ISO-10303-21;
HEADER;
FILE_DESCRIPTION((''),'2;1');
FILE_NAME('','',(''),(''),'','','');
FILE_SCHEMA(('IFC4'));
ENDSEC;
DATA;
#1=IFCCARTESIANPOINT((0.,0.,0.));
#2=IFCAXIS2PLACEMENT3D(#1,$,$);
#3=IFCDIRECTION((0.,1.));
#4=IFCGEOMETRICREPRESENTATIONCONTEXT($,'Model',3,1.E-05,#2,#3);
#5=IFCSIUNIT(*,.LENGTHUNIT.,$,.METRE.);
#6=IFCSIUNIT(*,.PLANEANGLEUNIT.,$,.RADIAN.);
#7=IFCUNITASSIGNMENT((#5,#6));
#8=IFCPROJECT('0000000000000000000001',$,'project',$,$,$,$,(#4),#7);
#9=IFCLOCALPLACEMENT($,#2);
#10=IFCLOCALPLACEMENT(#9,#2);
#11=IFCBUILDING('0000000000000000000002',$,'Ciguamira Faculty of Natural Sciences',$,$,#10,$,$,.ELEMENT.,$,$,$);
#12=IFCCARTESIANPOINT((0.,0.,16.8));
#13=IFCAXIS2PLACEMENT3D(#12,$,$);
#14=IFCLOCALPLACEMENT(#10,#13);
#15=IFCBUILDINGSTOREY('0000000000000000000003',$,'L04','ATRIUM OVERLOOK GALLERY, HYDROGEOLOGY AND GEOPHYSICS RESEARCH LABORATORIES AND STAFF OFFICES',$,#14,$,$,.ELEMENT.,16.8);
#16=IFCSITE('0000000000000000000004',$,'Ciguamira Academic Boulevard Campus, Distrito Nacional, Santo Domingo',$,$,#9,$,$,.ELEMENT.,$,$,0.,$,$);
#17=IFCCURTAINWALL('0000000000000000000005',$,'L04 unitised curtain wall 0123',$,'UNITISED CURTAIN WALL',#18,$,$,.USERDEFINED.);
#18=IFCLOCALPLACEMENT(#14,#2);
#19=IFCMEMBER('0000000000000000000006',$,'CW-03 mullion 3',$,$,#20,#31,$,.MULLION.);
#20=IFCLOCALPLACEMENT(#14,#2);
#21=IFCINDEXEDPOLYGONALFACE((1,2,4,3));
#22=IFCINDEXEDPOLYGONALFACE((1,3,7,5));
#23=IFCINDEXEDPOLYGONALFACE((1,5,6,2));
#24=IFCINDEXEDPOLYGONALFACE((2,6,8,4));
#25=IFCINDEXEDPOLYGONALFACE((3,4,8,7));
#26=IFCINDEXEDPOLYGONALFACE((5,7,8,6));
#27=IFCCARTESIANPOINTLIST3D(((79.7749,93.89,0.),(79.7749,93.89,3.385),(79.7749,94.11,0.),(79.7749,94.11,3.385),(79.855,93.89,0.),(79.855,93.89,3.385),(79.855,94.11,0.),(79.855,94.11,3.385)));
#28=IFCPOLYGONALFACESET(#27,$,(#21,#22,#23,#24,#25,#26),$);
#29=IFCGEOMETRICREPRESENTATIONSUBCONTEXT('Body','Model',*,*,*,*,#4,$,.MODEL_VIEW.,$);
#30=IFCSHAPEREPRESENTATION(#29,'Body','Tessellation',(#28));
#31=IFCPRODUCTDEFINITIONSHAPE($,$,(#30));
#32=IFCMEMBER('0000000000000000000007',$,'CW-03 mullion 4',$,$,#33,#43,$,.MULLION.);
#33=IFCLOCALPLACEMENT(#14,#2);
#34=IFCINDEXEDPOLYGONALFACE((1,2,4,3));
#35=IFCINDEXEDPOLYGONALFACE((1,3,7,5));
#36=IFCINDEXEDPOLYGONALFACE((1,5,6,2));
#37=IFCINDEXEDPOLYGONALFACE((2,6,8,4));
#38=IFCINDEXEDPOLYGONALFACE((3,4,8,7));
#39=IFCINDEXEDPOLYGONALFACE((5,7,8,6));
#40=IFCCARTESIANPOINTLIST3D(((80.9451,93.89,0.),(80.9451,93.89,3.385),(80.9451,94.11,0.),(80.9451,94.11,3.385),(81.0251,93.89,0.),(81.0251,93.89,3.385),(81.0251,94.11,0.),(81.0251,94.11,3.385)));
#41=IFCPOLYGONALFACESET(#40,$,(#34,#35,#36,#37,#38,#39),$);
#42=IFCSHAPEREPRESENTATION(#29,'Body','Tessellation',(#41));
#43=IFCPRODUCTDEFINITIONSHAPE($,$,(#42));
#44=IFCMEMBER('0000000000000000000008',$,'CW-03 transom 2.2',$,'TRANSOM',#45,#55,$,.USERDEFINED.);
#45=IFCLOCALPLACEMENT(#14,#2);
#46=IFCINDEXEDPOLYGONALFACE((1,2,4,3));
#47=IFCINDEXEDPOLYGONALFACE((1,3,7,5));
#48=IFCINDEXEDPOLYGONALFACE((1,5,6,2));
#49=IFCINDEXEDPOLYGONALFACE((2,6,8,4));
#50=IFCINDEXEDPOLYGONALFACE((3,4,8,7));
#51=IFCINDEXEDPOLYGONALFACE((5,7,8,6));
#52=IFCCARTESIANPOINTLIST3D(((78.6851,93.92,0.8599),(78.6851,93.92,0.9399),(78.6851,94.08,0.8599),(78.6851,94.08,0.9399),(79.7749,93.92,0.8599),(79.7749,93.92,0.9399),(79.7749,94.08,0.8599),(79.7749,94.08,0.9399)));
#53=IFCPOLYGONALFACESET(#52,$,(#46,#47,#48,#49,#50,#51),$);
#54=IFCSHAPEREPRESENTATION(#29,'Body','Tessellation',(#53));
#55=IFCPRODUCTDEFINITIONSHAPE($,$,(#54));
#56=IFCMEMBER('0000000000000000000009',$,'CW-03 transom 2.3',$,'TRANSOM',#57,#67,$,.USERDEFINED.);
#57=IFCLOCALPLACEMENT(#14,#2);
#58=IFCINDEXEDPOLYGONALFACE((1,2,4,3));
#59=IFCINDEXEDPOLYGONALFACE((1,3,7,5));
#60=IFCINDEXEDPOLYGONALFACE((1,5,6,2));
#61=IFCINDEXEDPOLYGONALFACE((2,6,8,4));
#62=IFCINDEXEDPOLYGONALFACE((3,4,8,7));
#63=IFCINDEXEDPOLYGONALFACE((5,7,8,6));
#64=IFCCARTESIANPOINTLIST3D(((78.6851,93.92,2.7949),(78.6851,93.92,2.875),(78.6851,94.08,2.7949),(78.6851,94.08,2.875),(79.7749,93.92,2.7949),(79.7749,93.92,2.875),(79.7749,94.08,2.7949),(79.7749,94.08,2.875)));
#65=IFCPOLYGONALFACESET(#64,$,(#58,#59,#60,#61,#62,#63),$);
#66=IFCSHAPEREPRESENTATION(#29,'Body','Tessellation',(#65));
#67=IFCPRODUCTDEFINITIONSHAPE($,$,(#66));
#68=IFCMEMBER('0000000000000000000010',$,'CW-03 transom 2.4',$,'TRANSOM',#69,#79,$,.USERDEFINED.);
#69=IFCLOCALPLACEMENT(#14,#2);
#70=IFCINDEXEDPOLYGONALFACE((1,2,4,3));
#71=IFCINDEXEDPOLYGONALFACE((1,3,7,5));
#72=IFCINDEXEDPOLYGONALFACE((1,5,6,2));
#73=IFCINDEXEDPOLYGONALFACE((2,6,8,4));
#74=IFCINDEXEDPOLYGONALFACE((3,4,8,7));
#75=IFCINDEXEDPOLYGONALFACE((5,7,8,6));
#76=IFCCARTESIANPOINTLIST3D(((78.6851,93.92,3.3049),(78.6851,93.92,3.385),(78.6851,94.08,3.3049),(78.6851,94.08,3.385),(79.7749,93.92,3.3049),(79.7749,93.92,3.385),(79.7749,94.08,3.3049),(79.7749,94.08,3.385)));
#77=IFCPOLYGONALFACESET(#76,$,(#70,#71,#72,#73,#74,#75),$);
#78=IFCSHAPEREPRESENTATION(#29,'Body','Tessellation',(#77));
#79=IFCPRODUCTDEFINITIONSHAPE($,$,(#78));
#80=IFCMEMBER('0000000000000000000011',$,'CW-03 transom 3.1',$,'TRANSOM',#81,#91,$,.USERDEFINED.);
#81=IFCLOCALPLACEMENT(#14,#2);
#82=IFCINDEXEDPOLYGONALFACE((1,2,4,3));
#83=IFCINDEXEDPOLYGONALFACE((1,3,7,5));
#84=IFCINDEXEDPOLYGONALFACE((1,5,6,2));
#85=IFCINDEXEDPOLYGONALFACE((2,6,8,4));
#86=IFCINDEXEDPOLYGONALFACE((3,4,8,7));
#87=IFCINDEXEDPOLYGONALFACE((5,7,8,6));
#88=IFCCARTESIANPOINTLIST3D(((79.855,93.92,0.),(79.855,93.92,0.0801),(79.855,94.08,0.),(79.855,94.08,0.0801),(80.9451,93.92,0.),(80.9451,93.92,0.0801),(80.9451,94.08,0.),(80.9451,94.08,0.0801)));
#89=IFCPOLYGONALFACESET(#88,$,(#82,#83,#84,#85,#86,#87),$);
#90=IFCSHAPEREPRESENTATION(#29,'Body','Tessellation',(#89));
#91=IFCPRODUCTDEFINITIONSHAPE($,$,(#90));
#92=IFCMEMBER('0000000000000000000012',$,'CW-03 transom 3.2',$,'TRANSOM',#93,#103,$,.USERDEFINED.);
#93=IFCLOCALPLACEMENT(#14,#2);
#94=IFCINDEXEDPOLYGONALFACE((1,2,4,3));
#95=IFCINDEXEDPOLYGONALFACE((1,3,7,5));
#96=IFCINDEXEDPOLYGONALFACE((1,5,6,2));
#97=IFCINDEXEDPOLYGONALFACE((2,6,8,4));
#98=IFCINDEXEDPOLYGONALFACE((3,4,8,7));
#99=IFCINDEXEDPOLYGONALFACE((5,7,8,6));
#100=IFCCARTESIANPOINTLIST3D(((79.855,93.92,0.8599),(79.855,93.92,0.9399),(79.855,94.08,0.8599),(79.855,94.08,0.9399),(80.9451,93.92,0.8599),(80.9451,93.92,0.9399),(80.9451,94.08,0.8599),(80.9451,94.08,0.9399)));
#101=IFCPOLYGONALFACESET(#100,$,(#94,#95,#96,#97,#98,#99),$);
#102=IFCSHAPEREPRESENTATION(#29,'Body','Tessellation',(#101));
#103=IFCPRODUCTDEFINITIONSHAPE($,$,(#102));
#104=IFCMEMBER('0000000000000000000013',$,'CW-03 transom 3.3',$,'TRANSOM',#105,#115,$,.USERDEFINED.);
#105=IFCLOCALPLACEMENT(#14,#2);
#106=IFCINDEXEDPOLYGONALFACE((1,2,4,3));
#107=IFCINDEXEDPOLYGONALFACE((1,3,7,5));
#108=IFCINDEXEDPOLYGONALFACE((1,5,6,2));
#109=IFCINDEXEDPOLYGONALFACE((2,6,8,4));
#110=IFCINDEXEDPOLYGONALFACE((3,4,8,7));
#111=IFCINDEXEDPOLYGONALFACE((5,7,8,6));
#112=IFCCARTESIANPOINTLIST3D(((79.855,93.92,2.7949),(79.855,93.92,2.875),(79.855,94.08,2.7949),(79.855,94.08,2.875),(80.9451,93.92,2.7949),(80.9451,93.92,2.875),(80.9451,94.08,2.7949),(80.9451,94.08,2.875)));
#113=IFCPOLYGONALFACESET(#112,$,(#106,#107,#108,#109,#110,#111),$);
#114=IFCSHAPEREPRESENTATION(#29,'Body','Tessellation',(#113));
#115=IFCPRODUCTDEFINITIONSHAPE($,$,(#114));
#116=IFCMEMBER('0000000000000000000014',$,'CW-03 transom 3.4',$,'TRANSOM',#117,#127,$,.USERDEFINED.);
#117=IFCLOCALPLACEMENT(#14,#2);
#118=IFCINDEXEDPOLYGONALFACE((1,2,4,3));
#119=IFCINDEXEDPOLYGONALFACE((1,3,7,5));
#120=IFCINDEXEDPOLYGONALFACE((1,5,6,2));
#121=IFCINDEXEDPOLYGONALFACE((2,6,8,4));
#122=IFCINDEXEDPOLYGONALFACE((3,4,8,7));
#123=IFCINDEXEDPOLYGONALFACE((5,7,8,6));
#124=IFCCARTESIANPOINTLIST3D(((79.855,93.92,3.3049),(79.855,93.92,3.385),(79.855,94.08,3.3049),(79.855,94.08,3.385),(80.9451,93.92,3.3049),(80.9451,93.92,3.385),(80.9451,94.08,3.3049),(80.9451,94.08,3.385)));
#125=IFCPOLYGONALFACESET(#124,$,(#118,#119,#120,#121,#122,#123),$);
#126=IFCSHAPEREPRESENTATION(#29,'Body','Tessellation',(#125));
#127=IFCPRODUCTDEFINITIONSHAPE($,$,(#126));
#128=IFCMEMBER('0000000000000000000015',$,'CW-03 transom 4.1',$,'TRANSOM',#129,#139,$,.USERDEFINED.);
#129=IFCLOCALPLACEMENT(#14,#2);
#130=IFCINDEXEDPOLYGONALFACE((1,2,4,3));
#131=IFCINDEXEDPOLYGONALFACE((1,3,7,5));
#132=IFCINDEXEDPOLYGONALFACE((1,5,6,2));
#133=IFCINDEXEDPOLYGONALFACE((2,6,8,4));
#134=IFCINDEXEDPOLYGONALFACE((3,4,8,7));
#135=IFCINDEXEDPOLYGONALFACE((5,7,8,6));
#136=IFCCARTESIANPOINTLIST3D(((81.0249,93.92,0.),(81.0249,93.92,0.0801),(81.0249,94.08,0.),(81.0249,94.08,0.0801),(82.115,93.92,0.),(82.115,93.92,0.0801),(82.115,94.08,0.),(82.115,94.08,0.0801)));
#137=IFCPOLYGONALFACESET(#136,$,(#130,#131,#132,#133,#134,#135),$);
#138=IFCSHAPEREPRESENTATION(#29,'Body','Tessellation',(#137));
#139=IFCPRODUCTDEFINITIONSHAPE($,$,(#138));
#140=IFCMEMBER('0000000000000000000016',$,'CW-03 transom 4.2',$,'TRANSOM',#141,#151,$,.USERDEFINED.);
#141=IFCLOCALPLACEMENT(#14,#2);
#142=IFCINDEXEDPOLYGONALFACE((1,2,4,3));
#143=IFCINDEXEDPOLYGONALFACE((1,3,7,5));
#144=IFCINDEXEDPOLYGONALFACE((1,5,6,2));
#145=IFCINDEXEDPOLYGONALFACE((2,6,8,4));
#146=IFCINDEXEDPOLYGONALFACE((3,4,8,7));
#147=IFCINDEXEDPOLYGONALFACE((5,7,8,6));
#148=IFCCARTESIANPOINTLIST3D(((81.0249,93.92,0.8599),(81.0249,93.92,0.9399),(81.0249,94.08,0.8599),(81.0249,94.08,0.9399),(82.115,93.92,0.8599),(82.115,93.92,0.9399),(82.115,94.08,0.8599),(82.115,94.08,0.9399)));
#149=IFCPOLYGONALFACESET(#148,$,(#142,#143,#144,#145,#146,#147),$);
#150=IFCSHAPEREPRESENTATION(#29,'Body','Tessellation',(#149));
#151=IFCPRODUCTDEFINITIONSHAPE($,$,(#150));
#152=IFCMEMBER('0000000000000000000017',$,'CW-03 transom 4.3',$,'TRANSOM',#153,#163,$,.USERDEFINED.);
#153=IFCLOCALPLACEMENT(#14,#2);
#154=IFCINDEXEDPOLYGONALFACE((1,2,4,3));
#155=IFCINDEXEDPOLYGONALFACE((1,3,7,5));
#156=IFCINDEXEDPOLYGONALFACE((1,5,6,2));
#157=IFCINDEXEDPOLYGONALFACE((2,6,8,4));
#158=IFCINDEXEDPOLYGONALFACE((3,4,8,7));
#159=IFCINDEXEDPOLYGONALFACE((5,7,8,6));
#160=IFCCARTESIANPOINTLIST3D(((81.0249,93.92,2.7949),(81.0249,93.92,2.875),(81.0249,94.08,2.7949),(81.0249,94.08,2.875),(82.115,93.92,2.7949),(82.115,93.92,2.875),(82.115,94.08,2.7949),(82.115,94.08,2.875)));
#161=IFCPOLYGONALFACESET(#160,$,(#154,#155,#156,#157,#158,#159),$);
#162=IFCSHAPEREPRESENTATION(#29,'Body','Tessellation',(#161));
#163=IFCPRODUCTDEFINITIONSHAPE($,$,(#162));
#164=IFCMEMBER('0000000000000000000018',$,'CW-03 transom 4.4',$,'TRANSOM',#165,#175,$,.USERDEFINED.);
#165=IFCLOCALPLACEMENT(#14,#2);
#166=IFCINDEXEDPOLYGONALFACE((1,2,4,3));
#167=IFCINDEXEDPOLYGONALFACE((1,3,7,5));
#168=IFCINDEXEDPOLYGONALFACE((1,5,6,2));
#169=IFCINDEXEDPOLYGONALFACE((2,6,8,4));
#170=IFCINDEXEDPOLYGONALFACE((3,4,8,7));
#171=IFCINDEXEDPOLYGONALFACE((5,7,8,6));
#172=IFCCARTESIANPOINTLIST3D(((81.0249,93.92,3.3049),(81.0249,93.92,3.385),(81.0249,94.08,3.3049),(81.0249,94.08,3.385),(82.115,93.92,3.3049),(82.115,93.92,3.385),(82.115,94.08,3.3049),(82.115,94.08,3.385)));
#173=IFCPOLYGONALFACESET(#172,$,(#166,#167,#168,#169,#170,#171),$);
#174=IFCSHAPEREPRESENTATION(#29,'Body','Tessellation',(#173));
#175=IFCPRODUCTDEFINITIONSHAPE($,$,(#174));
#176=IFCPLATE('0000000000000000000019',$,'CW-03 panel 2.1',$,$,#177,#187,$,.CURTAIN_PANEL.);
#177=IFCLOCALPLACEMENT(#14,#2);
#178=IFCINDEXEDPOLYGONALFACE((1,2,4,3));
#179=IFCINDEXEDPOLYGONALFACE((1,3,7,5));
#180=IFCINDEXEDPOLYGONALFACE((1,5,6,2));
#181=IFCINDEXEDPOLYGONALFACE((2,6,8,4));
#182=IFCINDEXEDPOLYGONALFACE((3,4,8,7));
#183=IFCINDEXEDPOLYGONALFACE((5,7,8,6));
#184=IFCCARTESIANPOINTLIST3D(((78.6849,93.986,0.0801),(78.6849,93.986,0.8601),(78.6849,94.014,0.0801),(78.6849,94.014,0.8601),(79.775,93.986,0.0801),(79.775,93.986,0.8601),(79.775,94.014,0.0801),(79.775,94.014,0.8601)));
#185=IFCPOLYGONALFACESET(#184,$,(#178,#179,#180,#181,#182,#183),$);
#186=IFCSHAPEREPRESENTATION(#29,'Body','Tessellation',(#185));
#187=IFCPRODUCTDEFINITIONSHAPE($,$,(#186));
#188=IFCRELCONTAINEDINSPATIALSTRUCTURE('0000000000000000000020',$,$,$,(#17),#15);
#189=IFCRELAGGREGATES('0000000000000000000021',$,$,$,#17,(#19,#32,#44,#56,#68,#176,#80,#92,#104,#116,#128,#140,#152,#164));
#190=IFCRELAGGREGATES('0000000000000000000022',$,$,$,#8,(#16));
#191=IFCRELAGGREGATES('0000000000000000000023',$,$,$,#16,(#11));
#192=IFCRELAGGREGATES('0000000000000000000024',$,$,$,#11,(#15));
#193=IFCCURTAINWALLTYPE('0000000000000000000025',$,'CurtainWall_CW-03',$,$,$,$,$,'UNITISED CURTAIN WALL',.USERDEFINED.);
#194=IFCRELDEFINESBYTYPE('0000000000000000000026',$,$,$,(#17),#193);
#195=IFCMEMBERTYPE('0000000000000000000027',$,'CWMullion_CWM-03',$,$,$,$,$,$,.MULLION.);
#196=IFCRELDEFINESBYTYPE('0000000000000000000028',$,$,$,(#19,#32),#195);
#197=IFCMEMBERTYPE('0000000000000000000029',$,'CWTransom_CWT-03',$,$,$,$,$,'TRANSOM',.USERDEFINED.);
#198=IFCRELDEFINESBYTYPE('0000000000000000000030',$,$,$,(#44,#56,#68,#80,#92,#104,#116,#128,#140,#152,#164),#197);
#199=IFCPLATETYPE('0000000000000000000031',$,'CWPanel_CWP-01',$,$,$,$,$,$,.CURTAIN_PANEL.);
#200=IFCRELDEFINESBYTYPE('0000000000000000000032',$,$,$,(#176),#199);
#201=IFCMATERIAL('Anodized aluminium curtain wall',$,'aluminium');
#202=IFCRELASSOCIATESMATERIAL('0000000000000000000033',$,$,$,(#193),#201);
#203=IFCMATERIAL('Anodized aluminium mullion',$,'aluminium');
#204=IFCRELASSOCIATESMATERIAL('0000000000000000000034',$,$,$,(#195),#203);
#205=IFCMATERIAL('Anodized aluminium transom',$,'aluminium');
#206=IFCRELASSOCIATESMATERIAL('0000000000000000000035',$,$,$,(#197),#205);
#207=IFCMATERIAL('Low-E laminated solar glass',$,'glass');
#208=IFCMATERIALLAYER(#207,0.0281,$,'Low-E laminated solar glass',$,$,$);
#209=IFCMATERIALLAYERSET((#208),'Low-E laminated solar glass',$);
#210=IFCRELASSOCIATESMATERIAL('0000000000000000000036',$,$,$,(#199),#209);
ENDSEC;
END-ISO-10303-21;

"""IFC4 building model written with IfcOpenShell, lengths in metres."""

from ifc_helpers import new_model, si_unit, direction, frame, origin, origin_2d, place, context, subcontext, project, spatial, rectangle, extrude, material, layer, layer_set, material_profile, profile_set, type_object, element, aggregate, save


model = new_model("IFC4")

# Units and contexts
model_context = context("Model", 3, precision=1e-05, world=origin(), true_north=direction((0.0, 1.0)))
body_context = subcontext(model_context, "Body", "Model", "MODEL_VIEW")
ifc_project = project(units=[si_unit("LENGTHUNIT", "METRE"), si_unit("PLANEANGLEUNIT", "RADIAN")], contexts=[model_context])

# Site, building, storey
site_placement = place(None, origin())
site = spatial("IfcSite", under=ifc_project, at=site_placement, Name="Ciguamira Academic Boulevard Campus, Distrito Nacional, Santo Domingo", CompositionType="ELEMENT", RefElevation=0.0)
building_placement = place(site_placement, origin())
building = spatial("IfcBuilding", under=site, at=building_placement, Name="Ciguamira Faculty of Natural Sciences", CompositionType="ELEMENT")
storey_placement = place(building_placement, frame((0.0, 0.0, 16.8)))
storey = spatial("IfcBuildingStorey", under=building, at=storey_placement, Name="L04", Description="ATRIUM OVERLOOK GALLERY, HYDROGEOLOGY AND GEOPHYSICS RESEARCH LABORATORIES AND STAFF OFFICES", CompositionType="ELEMENT", Elevation=16.8)

# Curtain wall, members, plate
ifc_material_1 = material(Name="Anodized aluminium curtain wall", Category="aluminium")
curtain_wall_type = type_object("IfcCurtainWallType", Name="CurtainWall_CW-03", ElementType="UNITISED CURTAIN WALL", PredefinedType="USERDEFINED", material=ifc_material_1)
curtain_wall_placement = place(storey_placement, origin())
curtain_wall = element("IfcCurtainWall", 1, at=curtain_wall_placement, inside=storey, type_object=curtain_wall_type, Name="L04 unitised curtain wall 0123", ObjectType="UNITISED CURTAIN WALL", PredefinedType="USERDEFINED")
ifc_material_2 = material(Name="Anodized aluminium mullion", Category="aluminium")
ifc_material_profile_1 = material_profile(ifc_material_2, rectangle(XDim=0.0801, YDim=0.22, at=origin_2d()), Name="ALU-MUL-80X220")
ifc_profile_set_1 = profile_set([ifc_material_profile_1], Name="Anodized aluminium mullion")
member_type_1 = type_object("IfcMemberType", Name="CWMullion_CWM-03", PredefinedType="MULLION", material=ifc_profile_set_1)
member_1_placement = place(storey_placement, frame((79.8149, 94.0, 0.0), z_axis=(0.0, 0.0, 1.0), x_axis=(1.0, 0.0, 0.0)))
member_1 = element("IfcMember", 2, at=member_1_placement, type_object=member_type_1, Name="CW-03 mullion 3", PredefinedType="MULLION", context=body_context, shape_type="SweptSolid", body=[
    extrude(rectangle(XDim=0.0801, YDim=0.22, at=origin_2d()), origin(), (0.0, 0.0, 1.0), 3.385),
])
member_2_placement = place(storey_placement, frame((80.9851, 94.0, 0.0), z_axis=(0.0, 0.0, 1.0), x_axis=(1.0, 0.0, 0.0)))
member_2 = element("IfcMember", 3, at=member_2_placement, type_object=member_type_1, Name="CW-03 mullion 4", PredefinedType="MULLION", context=body_context, shape_type="SweptSolid", body=[
    extrude(rectangle(XDim=0.0801, YDim=0.22, at=origin_2d()), origin(), (0.0, 0.0, 1.0), 3.385),
])
ifc_material_3 = material(Name="Anodized aluminium transom", Category="aluminium")
ifc_material_profile_2 = material_profile(ifc_material_3, rectangle(XDim=0.0801, YDim=0.1599, at=origin_2d()), Name="ALU-TRN-80X160")
ifc_profile_set_2 = profile_set([ifc_material_profile_2], Name="Anodized aluminium transom")
member_type_2 = type_object("IfcMemberType", Name="CWTransom_CWT-03", ElementType="TRANSOM", PredefinedType="USERDEFINED", material=ifc_profile_set_2)
member_3_placement = place(storey_placement, frame((78.6851, 94.0, 0.8999), z_axis=(1.0, 0.0, 0.0), x_axis=(0.0, 0.0, 1.0)))
member_3 = element("IfcMember", 4, at=member_3_placement, type_object=member_type_2, Name="CW-03 transom 2.2", ObjectType="TRANSOM", PredefinedType="USERDEFINED", context=body_context, shape_type="SweptSolid", body=[
    extrude(rectangle(XDim=0.0801, YDim=0.1599, at=origin_2d()), origin(), (0.0, 0.0, 1.0), 1.0898),
])
member_4_placement = place(storey_placement, frame((78.6851, 94.0, 2.835), z_axis=(1.0, 0.0, 0.0), x_axis=(0.0, 0.0, 1.0)))
member_4 = element("IfcMember", 5, at=member_4_placement, type_object=member_type_2, Name="CW-03 transom 2.3", ObjectType="TRANSOM", PredefinedType="USERDEFINED", context=body_context, shape_type="SweptSolid", body=[
    extrude(rectangle(XDim=0.0801, YDim=0.1599, at=origin_2d()), origin(), (0.0, 0.0, 1.0), 1.0898),
])
member_5_placement = place(storey_placement, frame((78.6851, 94.0, 3.345), z_axis=(1.0, 0.0, 0.0), x_axis=(0.0, 0.0, 1.0)))
member_5 = element("IfcMember", 6, at=member_5_placement, type_object=member_type_2, Name="CW-03 transom 2.4", ObjectType="TRANSOM", PredefinedType="USERDEFINED", context=body_context, shape_type="SweptSolid", body=[
    extrude(rectangle(XDim=0.0801, YDim=0.1599, at=origin_2d()), origin(), (0.0, 0.0, 1.0), 1.0898),
])
member_6_placement = place(storey_placement, frame((79.855, 94.0, 0.04), z_axis=(1.0, 0.0, 0.0), x_axis=(0.0, 0.0, 1.0)))
member_6 = element("IfcMember", 7, at=member_6_placement, type_object=member_type_2, Name="CW-03 transom 3.1", ObjectType="TRANSOM", PredefinedType="USERDEFINED", context=body_context, shape_type="SweptSolid", body=[
    extrude(rectangle(XDim=0.0801, YDim=0.1599, at=origin_2d()), origin(), (0.0, 0.0, 1.0), 1.0901),
])
member_7_placement = place(storey_placement, frame((79.855, 94.0, 0.8999), z_axis=(1.0, 0.0, 0.0), x_axis=(0.0, 0.0, 1.0)))
member_7 = element("IfcMember", 8, at=member_7_placement, type_object=member_type_2, Name="CW-03 transom 3.2", ObjectType="TRANSOM", PredefinedType="USERDEFINED", context=body_context, shape_type="SweptSolid", body=[
    extrude(rectangle(XDim=0.0801, YDim=0.1599, at=origin_2d()), origin(), (0.0, 0.0, 1.0), 1.0901),
])
member_8_placement = place(storey_placement, frame((79.855, 94.0, 2.835), z_axis=(1.0, 0.0, 0.0), x_axis=(0.0, 0.0, 1.0)))
member_8 = element("IfcMember", 9, at=member_8_placement, type_object=member_type_2, Name="CW-03 transom 3.3", ObjectType="TRANSOM", PredefinedType="USERDEFINED", context=body_context, shape_type="SweptSolid", body=[
    extrude(rectangle(XDim=0.0801, YDim=0.1599, at=origin_2d()), origin(), (0.0, 0.0, 1.0), 1.0901),
])
member_9_placement = place(storey_placement, frame((79.855, 94.0, 3.345), z_axis=(1.0, 0.0, 0.0), x_axis=(0.0, 0.0, 1.0)))
member_9 = element("IfcMember", 10, at=member_9_placement, type_object=member_type_2, Name="CW-03 transom 3.4", ObjectType="TRANSOM", PredefinedType="USERDEFINED", context=body_context, shape_type="SweptSolid", body=[
    extrude(rectangle(XDim=0.0801, YDim=0.1599, at=origin_2d()), origin(), (0.0, 0.0, 1.0), 1.0901),
])
member_10_placement = place(storey_placement, frame((81.0249, 94.0, 0.04), z_axis=(1.0, 0.0, 0.0), x_axis=(0.0, 0.0, 1.0)))
member_10 = element("IfcMember", 11, at=member_10_placement, type_object=member_type_2, Name="CW-03 transom 4.1", ObjectType="TRANSOM", PredefinedType="USERDEFINED", context=body_context, shape_type="SweptSolid", body=[
    extrude(rectangle(XDim=0.0801, YDim=0.1599, at=origin_2d()), origin(), (0.0, 0.0, 1.0), 1.0901),
])
member_11_placement = place(storey_placement, frame((81.0249, 94.0, 0.8999), z_axis=(1.0, 0.0, 0.0), x_axis=(0.0, 0.0, 1.0)))
member_11 = element("IfcMember", 12, at=member_11_placement, type_object=member_type_2, Name="CW-03 transom 4.2", ObjectType="TRANSOM", PredefinedType="USERDEFINED", context=body_context, shape_type="SweptSolid", body=[
    extrude(rectangle(XDim=0.0801, YDim=0.1599, at=origin_2d()), origin(), (0.0, 0.0, 1.0), 1.0901),
])
member_12_placement = place(storey_placement, frame((81.0249, 94.0, 2.835), z_axis=(1.0, 0.0, 0.0), x_axis=(0.0, 0.0, 1.0)))
member_12 = element("IfcMember", 13, at=member_12_placement, type_object=member_type_2, Name="CW-03 transom 4.3", ObjectType="TRANSOM", PredefinedType="USERDEFINED", context=body_context, shape_type="SweptSolid", body=[
    extrude(rectangle(XDim=0.0801, YDim=0.1599, at=origin_2d()), origin(), (0.0, 0.0, 1.0), 1.0901),
])
member_13_placement = place(storey_placement, frame((81.0249, 94.0, 3.345), z_axis=(1.0, 0.0, 0.0), x_axis=(0.0, 0.0, 1.0)))
member_13 = element("IfcMember", 14, at=member_13_placement, type_object=member_type_2, Name="CW-03 transom 4.4", ObjectType="TRANSOM", PredefinedType="USERDEFINED", context=body_context, shape_type="SweptSolid", body=[
    extrude(rectangle(XDim=0.0801, YDim=0.1599, at=origin_2d()), origin(), (0.0, 0.0, 1.0), 1.0901),
])
ifc_material_4 = material(Name="Low-E laminated solar glass", Category="glass")
ifc_layer_1 = layer(ifc_material_4, 0.0281, Name="Low-E laminated solar glass")
ifc_layer_set_1 = layer_set([ifc_layer_1], Name="Low-E laminated solar glass")
plate_type = type_object("IfcPlateType", Name="CWPanel_CWP-01", PredefinedType="CURTAIN_PANEL", material=ifc_layer_set_1)
plate_1_placement = place(storey_placement, frame((79.23, 94.0, 0.0801), z_axis=(0.0, 0.0, 1.0), x_axis=(1.0, 0.0, 0.0)))
plate_1 = element("IfcPlate", 15, at=plate_1_placement, type_object=plate_type, Name="CW-03 panel 2.1", PredefinedType="CURTAIN_PANEL", context=body_context, shape_type="SweptSolid", body=[
    extrude(rectangle(XDim=1.0901, YDim=0.0281, at=origin_2d()), origin(), (0.0, 0.0, 1.0), 0.78),
])
aggregate(curtain_wall, [member_1, member_2, member_3, member_4, member_5, plate_1, member_6, member_7, member_8, member_9, member_10, member_11, member_12, member_13])

save(model, "model.ifc")
